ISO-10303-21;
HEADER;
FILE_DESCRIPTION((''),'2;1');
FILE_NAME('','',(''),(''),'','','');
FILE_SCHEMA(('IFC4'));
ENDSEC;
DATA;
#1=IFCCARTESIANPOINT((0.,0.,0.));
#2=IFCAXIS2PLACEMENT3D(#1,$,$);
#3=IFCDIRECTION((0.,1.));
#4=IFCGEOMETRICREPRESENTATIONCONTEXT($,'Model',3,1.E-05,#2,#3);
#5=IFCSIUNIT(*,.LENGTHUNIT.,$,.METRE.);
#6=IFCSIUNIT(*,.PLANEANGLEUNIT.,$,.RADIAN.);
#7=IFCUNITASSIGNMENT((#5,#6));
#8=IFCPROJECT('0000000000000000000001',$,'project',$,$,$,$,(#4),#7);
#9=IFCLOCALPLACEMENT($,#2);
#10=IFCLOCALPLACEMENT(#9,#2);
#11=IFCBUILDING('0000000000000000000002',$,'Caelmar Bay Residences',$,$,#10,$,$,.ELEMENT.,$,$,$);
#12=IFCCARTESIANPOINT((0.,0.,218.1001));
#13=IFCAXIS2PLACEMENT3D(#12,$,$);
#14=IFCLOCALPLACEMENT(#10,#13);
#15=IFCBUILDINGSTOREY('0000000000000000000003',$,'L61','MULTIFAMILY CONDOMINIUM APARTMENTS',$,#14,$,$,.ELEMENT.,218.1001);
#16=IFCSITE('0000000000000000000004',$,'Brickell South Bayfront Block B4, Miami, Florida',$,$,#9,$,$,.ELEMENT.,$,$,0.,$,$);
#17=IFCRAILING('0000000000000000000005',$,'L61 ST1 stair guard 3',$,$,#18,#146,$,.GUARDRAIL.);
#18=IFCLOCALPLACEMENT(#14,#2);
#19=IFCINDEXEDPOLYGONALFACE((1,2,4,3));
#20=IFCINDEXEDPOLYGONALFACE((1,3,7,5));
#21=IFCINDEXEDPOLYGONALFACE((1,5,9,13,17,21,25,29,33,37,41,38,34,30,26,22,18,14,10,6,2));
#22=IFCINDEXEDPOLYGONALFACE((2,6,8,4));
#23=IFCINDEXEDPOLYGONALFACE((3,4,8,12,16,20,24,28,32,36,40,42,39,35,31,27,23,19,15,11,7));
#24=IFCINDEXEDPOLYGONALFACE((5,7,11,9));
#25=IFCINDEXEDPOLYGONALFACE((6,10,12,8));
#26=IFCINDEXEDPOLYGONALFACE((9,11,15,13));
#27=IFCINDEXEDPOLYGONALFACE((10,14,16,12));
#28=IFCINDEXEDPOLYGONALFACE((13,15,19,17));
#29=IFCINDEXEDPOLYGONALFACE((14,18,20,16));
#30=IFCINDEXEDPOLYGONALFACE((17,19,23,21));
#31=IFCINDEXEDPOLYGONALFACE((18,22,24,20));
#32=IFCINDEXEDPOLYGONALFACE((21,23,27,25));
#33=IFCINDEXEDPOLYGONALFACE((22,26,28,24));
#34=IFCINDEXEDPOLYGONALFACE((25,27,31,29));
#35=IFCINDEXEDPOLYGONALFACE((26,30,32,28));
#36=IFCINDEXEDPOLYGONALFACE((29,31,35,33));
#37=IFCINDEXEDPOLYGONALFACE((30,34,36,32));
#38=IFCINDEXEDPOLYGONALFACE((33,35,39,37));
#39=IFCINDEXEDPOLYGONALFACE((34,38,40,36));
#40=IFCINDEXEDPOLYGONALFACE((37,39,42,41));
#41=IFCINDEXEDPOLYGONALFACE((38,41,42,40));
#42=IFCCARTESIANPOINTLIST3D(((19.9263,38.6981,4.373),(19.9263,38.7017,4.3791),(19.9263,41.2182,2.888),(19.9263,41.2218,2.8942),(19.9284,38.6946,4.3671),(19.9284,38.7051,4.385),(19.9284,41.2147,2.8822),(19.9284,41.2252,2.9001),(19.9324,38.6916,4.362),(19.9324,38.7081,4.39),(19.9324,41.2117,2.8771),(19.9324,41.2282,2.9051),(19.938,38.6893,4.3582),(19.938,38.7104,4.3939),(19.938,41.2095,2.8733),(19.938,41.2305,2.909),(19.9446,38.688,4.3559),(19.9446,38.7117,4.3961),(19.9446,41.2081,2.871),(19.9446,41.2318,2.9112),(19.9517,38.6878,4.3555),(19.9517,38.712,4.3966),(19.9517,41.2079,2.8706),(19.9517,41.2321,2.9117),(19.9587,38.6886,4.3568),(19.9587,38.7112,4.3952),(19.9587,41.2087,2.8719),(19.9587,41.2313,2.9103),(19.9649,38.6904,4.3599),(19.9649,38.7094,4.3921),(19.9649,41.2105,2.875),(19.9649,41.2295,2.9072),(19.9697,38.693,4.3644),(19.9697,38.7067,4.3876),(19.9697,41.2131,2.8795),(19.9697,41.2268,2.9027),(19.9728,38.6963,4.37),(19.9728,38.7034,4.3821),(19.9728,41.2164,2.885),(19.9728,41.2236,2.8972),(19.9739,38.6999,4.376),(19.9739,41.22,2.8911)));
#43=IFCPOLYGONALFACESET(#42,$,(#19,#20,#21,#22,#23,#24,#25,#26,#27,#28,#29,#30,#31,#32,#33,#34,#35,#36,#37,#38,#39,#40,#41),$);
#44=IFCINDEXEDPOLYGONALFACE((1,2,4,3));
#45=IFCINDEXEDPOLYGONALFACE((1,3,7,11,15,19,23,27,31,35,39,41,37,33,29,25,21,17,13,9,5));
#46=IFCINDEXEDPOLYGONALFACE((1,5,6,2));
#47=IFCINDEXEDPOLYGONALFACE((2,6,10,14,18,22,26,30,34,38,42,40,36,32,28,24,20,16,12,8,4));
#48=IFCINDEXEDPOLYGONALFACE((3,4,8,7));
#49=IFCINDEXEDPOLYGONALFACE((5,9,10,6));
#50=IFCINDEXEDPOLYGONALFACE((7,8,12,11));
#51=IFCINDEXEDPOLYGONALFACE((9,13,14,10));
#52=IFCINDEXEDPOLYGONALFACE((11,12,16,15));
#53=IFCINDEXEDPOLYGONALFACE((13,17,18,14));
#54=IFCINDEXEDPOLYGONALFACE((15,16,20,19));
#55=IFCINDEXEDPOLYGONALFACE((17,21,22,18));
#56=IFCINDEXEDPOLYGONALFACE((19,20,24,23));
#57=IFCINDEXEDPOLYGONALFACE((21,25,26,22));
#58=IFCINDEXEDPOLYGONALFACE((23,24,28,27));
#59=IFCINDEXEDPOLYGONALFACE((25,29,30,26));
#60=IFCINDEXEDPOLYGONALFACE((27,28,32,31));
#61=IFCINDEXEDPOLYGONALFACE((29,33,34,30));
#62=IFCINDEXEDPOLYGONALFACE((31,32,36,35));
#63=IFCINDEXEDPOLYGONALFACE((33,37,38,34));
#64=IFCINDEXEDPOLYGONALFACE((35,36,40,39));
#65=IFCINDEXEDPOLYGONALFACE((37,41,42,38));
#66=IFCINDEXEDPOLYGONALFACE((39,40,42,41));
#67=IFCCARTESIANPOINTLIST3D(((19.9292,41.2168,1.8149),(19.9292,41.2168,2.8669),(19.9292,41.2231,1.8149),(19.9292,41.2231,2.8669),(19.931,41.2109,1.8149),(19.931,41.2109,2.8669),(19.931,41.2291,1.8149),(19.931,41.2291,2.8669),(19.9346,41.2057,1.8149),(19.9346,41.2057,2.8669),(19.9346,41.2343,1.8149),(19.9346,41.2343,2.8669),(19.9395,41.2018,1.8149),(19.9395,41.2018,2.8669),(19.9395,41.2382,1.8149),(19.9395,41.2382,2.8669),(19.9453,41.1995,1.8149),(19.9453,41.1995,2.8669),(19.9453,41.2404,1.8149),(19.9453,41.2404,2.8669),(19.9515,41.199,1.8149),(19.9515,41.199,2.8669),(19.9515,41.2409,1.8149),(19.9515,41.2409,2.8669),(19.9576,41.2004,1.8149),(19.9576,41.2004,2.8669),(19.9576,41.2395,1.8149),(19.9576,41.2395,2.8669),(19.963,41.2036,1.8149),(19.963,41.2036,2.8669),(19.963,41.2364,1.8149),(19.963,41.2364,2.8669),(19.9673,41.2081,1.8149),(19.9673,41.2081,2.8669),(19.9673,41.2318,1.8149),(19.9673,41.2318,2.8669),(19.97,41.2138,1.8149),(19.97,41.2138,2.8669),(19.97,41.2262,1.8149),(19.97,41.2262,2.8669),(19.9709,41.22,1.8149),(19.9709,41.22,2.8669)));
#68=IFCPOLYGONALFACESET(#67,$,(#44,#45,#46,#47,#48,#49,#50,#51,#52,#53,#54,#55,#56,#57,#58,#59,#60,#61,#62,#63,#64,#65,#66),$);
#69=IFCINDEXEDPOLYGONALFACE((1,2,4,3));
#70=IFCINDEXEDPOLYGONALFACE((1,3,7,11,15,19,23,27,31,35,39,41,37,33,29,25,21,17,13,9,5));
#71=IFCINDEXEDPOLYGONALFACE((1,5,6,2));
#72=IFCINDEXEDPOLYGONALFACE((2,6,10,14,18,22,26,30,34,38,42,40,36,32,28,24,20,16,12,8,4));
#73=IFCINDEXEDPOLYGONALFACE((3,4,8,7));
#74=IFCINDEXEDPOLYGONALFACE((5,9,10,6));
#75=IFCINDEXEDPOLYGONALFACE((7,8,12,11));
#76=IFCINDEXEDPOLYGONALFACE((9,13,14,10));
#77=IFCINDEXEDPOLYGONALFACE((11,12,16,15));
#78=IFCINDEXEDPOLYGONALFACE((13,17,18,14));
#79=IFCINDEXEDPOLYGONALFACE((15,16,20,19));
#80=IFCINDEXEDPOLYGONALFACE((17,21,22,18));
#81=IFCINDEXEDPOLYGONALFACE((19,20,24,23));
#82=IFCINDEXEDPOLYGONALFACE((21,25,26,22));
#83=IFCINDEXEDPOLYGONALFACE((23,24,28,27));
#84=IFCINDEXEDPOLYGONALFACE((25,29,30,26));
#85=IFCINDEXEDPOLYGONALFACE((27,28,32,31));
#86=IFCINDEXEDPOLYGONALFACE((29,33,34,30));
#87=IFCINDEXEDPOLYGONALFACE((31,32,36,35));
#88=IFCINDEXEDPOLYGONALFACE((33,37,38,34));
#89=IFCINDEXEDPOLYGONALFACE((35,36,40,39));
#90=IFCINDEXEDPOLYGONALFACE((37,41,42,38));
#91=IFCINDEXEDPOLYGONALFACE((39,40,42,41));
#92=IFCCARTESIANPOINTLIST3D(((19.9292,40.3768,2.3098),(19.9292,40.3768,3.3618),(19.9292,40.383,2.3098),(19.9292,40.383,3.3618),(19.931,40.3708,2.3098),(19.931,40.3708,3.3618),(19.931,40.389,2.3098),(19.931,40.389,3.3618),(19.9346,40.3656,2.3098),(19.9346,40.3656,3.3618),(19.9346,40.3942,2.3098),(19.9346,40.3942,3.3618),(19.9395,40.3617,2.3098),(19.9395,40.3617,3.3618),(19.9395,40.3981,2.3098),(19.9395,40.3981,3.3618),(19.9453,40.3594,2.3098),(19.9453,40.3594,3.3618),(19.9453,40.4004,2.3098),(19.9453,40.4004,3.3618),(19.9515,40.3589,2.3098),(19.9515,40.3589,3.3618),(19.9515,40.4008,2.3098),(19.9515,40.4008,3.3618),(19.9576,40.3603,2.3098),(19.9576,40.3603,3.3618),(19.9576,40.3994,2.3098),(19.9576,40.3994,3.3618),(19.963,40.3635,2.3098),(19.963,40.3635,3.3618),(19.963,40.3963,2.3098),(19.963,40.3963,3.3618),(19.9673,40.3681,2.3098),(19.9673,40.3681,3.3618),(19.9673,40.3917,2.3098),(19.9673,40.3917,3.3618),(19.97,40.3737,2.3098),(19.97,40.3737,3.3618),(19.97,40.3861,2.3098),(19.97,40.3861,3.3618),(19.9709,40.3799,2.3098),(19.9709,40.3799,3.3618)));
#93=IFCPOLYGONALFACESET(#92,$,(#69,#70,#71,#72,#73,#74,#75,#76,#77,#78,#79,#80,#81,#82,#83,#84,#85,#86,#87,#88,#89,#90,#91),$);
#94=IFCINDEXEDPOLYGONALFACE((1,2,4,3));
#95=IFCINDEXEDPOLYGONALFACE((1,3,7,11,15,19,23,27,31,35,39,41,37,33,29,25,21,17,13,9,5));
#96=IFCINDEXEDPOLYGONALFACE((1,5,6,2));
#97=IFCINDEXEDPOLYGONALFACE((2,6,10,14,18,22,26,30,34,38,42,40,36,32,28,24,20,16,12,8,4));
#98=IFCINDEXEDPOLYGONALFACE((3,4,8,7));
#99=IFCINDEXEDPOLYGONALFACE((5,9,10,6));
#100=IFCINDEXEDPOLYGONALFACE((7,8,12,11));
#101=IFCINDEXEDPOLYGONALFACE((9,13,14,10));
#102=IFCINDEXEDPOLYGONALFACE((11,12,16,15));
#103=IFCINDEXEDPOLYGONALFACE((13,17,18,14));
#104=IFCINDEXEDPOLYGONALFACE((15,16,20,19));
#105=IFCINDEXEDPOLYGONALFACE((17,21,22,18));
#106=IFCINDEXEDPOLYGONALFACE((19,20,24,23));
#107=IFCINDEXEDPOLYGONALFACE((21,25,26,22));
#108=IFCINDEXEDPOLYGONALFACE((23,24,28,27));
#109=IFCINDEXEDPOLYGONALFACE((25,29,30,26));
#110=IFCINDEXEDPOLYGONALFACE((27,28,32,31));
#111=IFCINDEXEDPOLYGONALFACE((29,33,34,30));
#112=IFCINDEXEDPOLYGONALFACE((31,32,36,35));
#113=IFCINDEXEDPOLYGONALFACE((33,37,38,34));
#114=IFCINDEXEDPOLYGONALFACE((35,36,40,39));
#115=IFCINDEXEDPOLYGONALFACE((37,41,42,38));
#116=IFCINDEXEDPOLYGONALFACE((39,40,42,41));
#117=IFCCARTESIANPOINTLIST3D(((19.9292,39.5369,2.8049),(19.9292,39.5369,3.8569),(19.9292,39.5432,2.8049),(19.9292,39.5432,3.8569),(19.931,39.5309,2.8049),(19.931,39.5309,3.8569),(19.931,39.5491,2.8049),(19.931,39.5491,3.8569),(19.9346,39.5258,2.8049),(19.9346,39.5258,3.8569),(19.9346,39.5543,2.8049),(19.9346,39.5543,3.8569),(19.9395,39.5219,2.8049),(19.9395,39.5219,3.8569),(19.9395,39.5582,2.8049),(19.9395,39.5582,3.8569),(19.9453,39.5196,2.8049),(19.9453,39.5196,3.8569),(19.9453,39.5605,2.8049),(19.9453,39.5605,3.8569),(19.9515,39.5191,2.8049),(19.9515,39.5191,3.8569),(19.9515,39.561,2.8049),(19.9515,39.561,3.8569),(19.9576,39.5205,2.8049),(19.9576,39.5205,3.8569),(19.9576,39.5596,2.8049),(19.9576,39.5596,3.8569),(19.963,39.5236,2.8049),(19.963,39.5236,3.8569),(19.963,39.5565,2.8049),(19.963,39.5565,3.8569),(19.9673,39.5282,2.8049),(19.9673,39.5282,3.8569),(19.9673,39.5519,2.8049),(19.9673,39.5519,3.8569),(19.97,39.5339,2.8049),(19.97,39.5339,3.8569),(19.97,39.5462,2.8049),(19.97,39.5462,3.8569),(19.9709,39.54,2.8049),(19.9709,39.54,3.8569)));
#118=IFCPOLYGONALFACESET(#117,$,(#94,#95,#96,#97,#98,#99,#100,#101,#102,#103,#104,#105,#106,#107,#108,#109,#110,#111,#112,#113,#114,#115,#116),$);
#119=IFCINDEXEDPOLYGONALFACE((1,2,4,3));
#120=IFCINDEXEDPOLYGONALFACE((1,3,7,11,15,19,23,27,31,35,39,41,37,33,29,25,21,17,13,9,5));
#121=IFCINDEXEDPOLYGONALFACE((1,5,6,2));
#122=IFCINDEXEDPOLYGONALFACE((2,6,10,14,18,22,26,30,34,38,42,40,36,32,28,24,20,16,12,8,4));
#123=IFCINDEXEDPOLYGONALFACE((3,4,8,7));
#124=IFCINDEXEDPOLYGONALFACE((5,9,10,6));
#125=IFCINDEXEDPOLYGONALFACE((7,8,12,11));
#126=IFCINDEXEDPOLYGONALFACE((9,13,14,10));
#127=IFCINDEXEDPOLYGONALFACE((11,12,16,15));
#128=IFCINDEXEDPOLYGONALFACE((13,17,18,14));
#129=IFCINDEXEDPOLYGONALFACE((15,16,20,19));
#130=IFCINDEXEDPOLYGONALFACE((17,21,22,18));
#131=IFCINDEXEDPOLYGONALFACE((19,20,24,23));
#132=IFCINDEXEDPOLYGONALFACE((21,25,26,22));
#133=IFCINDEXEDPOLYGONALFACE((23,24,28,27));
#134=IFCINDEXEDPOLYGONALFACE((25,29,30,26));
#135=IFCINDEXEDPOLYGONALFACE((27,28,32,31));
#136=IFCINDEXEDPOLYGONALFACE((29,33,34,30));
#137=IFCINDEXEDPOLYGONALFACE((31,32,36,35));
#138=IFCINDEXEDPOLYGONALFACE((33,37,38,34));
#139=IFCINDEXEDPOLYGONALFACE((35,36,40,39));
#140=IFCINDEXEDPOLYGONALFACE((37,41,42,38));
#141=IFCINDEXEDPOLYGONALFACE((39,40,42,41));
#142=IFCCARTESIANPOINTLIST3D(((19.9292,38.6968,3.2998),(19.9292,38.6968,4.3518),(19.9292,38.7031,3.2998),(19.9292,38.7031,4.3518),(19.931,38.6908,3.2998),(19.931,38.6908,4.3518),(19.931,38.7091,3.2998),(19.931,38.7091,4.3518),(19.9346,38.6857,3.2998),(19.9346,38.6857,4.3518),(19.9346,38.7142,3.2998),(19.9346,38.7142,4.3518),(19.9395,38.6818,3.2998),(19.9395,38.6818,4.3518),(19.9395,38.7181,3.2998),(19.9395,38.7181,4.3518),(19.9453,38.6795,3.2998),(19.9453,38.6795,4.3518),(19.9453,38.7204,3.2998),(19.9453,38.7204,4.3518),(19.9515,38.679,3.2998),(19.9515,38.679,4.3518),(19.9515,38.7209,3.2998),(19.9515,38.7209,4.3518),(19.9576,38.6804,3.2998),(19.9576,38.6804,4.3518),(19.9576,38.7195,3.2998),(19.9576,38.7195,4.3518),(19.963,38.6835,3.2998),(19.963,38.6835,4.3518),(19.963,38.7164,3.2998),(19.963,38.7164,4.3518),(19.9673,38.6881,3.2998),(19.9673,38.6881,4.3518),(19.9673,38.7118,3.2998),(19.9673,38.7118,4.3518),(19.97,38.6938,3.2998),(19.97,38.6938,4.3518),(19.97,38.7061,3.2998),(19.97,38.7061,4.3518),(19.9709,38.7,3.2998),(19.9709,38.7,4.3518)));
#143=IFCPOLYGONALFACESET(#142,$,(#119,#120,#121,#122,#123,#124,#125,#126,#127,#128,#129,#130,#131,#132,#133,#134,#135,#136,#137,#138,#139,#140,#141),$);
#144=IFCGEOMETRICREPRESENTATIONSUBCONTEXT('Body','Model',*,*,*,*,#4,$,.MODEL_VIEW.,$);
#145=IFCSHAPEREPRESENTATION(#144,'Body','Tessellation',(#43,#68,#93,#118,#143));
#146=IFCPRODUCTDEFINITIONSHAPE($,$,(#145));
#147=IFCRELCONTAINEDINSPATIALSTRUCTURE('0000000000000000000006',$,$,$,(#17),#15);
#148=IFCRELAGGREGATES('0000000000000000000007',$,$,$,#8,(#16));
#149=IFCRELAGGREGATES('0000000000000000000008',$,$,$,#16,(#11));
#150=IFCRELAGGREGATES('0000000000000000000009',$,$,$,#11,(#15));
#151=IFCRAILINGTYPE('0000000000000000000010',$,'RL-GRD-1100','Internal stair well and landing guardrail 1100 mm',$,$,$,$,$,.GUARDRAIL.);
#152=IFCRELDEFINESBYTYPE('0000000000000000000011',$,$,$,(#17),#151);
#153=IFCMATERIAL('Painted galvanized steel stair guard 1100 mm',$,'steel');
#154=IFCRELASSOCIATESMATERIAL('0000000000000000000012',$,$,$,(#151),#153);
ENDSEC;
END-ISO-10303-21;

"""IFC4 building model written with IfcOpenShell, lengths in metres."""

from ifc_helpers import new_model, si_unit, direction, frame, origin, origin_2d, place, context, subcontext, project, spatial, circle, extrude, material, type_object, element, save


model = new_model("IFC4")

# Units and contexts
model_context = context("Model", 3, precision=1e-05, world=origin(), true_north=direction((0.0, 1.0)))
body_context = subcontext(model_context, "Body", "Model", "MODEL_VIEW")
ifc_project = project(units=[si_unit("LENGTHUNIT", "METRE"), si_unit("PLANEANGLEUNIT", "RADIAN")], contexts=[model_context])

# Site, building, storey
site_placement = place(None, origin())
site = spatial("IfcSite", under=ifc_project, at=site_placement, Name="Brickell South Bayfront Block B4, Miami, Florida", CompositionType="ELEMENT", RefElevation=0.0)
building_placement = place(site_placement, origin())
building = spatial("IfcBuilding", under=site, at=building_placement, Name="Caelmar Bay Residences", CompositionType="ELEMENT")
storey_placement = place(building_placement, frame((0.0, 0.0, 218.1001)))
storey = spatial("IfcBuildingStorey", under=building, at=storey_placement, Name="L61", Description="MULTIFAMILY CONDOMINIUM APARTMENTS", CompositionType="ELEMENT", Elevation=218.1001)

# Railing
ifc_material_1 = material(Name="Painted galvanized steel stair guard 1100 mm", Category="steel")
railing_type_1 = type_object("IfcRailingType", Name="RL-GRD-1100", Description="Internal stair well and landing guardrail 1100 mm", PredefinedType="GUARDRAIL", material=ifc_material_1)
railing_1_placement = place(storey_placement, frame((19.95, 41.22, 1.8149)))
element("IfcRailing", 1, at=railing_1_placement, inside=storey, type_object=railing_type_1, Name="L61 ST1 stair guard 3", PredefinedType="GUARDRAIL", context=body_context, shape_type="SweptSolid", body=[
    extrude(circle(Radius=0.0239, at=origin_2d()), frame((0.0, 0.0, 1.0762), z_axis=(0.0, -0.861561, 0.507655), x_axis=(1.0, 0.0, 0.0)), (0.0, 0.0, 1.0), 2.925),
    extrude(circle(Radius=0.021, at=origin_2d()), origin(), (0.0, 0.0, 1.0), 1.052),
    extrude(circle(Radius=0.021, at=origin_2d()), frame((0.0, -0.8401, 0.4949)), (0.0, 0.0, 1.0), 1.052),
    extrude(circle(Radius=0.021, at=origin_2d()), frame((0.0, -1.6799, 0.99)), (0.0, 0.0, 1.0), 1.052),
    extrude(circle(Radius=0.021, at=origin_2d()), frame((0.0, -2.52, 1.4849)), (0.0, 0.0, 1.0), 1.052),
])

save(model, "model.ifc")
